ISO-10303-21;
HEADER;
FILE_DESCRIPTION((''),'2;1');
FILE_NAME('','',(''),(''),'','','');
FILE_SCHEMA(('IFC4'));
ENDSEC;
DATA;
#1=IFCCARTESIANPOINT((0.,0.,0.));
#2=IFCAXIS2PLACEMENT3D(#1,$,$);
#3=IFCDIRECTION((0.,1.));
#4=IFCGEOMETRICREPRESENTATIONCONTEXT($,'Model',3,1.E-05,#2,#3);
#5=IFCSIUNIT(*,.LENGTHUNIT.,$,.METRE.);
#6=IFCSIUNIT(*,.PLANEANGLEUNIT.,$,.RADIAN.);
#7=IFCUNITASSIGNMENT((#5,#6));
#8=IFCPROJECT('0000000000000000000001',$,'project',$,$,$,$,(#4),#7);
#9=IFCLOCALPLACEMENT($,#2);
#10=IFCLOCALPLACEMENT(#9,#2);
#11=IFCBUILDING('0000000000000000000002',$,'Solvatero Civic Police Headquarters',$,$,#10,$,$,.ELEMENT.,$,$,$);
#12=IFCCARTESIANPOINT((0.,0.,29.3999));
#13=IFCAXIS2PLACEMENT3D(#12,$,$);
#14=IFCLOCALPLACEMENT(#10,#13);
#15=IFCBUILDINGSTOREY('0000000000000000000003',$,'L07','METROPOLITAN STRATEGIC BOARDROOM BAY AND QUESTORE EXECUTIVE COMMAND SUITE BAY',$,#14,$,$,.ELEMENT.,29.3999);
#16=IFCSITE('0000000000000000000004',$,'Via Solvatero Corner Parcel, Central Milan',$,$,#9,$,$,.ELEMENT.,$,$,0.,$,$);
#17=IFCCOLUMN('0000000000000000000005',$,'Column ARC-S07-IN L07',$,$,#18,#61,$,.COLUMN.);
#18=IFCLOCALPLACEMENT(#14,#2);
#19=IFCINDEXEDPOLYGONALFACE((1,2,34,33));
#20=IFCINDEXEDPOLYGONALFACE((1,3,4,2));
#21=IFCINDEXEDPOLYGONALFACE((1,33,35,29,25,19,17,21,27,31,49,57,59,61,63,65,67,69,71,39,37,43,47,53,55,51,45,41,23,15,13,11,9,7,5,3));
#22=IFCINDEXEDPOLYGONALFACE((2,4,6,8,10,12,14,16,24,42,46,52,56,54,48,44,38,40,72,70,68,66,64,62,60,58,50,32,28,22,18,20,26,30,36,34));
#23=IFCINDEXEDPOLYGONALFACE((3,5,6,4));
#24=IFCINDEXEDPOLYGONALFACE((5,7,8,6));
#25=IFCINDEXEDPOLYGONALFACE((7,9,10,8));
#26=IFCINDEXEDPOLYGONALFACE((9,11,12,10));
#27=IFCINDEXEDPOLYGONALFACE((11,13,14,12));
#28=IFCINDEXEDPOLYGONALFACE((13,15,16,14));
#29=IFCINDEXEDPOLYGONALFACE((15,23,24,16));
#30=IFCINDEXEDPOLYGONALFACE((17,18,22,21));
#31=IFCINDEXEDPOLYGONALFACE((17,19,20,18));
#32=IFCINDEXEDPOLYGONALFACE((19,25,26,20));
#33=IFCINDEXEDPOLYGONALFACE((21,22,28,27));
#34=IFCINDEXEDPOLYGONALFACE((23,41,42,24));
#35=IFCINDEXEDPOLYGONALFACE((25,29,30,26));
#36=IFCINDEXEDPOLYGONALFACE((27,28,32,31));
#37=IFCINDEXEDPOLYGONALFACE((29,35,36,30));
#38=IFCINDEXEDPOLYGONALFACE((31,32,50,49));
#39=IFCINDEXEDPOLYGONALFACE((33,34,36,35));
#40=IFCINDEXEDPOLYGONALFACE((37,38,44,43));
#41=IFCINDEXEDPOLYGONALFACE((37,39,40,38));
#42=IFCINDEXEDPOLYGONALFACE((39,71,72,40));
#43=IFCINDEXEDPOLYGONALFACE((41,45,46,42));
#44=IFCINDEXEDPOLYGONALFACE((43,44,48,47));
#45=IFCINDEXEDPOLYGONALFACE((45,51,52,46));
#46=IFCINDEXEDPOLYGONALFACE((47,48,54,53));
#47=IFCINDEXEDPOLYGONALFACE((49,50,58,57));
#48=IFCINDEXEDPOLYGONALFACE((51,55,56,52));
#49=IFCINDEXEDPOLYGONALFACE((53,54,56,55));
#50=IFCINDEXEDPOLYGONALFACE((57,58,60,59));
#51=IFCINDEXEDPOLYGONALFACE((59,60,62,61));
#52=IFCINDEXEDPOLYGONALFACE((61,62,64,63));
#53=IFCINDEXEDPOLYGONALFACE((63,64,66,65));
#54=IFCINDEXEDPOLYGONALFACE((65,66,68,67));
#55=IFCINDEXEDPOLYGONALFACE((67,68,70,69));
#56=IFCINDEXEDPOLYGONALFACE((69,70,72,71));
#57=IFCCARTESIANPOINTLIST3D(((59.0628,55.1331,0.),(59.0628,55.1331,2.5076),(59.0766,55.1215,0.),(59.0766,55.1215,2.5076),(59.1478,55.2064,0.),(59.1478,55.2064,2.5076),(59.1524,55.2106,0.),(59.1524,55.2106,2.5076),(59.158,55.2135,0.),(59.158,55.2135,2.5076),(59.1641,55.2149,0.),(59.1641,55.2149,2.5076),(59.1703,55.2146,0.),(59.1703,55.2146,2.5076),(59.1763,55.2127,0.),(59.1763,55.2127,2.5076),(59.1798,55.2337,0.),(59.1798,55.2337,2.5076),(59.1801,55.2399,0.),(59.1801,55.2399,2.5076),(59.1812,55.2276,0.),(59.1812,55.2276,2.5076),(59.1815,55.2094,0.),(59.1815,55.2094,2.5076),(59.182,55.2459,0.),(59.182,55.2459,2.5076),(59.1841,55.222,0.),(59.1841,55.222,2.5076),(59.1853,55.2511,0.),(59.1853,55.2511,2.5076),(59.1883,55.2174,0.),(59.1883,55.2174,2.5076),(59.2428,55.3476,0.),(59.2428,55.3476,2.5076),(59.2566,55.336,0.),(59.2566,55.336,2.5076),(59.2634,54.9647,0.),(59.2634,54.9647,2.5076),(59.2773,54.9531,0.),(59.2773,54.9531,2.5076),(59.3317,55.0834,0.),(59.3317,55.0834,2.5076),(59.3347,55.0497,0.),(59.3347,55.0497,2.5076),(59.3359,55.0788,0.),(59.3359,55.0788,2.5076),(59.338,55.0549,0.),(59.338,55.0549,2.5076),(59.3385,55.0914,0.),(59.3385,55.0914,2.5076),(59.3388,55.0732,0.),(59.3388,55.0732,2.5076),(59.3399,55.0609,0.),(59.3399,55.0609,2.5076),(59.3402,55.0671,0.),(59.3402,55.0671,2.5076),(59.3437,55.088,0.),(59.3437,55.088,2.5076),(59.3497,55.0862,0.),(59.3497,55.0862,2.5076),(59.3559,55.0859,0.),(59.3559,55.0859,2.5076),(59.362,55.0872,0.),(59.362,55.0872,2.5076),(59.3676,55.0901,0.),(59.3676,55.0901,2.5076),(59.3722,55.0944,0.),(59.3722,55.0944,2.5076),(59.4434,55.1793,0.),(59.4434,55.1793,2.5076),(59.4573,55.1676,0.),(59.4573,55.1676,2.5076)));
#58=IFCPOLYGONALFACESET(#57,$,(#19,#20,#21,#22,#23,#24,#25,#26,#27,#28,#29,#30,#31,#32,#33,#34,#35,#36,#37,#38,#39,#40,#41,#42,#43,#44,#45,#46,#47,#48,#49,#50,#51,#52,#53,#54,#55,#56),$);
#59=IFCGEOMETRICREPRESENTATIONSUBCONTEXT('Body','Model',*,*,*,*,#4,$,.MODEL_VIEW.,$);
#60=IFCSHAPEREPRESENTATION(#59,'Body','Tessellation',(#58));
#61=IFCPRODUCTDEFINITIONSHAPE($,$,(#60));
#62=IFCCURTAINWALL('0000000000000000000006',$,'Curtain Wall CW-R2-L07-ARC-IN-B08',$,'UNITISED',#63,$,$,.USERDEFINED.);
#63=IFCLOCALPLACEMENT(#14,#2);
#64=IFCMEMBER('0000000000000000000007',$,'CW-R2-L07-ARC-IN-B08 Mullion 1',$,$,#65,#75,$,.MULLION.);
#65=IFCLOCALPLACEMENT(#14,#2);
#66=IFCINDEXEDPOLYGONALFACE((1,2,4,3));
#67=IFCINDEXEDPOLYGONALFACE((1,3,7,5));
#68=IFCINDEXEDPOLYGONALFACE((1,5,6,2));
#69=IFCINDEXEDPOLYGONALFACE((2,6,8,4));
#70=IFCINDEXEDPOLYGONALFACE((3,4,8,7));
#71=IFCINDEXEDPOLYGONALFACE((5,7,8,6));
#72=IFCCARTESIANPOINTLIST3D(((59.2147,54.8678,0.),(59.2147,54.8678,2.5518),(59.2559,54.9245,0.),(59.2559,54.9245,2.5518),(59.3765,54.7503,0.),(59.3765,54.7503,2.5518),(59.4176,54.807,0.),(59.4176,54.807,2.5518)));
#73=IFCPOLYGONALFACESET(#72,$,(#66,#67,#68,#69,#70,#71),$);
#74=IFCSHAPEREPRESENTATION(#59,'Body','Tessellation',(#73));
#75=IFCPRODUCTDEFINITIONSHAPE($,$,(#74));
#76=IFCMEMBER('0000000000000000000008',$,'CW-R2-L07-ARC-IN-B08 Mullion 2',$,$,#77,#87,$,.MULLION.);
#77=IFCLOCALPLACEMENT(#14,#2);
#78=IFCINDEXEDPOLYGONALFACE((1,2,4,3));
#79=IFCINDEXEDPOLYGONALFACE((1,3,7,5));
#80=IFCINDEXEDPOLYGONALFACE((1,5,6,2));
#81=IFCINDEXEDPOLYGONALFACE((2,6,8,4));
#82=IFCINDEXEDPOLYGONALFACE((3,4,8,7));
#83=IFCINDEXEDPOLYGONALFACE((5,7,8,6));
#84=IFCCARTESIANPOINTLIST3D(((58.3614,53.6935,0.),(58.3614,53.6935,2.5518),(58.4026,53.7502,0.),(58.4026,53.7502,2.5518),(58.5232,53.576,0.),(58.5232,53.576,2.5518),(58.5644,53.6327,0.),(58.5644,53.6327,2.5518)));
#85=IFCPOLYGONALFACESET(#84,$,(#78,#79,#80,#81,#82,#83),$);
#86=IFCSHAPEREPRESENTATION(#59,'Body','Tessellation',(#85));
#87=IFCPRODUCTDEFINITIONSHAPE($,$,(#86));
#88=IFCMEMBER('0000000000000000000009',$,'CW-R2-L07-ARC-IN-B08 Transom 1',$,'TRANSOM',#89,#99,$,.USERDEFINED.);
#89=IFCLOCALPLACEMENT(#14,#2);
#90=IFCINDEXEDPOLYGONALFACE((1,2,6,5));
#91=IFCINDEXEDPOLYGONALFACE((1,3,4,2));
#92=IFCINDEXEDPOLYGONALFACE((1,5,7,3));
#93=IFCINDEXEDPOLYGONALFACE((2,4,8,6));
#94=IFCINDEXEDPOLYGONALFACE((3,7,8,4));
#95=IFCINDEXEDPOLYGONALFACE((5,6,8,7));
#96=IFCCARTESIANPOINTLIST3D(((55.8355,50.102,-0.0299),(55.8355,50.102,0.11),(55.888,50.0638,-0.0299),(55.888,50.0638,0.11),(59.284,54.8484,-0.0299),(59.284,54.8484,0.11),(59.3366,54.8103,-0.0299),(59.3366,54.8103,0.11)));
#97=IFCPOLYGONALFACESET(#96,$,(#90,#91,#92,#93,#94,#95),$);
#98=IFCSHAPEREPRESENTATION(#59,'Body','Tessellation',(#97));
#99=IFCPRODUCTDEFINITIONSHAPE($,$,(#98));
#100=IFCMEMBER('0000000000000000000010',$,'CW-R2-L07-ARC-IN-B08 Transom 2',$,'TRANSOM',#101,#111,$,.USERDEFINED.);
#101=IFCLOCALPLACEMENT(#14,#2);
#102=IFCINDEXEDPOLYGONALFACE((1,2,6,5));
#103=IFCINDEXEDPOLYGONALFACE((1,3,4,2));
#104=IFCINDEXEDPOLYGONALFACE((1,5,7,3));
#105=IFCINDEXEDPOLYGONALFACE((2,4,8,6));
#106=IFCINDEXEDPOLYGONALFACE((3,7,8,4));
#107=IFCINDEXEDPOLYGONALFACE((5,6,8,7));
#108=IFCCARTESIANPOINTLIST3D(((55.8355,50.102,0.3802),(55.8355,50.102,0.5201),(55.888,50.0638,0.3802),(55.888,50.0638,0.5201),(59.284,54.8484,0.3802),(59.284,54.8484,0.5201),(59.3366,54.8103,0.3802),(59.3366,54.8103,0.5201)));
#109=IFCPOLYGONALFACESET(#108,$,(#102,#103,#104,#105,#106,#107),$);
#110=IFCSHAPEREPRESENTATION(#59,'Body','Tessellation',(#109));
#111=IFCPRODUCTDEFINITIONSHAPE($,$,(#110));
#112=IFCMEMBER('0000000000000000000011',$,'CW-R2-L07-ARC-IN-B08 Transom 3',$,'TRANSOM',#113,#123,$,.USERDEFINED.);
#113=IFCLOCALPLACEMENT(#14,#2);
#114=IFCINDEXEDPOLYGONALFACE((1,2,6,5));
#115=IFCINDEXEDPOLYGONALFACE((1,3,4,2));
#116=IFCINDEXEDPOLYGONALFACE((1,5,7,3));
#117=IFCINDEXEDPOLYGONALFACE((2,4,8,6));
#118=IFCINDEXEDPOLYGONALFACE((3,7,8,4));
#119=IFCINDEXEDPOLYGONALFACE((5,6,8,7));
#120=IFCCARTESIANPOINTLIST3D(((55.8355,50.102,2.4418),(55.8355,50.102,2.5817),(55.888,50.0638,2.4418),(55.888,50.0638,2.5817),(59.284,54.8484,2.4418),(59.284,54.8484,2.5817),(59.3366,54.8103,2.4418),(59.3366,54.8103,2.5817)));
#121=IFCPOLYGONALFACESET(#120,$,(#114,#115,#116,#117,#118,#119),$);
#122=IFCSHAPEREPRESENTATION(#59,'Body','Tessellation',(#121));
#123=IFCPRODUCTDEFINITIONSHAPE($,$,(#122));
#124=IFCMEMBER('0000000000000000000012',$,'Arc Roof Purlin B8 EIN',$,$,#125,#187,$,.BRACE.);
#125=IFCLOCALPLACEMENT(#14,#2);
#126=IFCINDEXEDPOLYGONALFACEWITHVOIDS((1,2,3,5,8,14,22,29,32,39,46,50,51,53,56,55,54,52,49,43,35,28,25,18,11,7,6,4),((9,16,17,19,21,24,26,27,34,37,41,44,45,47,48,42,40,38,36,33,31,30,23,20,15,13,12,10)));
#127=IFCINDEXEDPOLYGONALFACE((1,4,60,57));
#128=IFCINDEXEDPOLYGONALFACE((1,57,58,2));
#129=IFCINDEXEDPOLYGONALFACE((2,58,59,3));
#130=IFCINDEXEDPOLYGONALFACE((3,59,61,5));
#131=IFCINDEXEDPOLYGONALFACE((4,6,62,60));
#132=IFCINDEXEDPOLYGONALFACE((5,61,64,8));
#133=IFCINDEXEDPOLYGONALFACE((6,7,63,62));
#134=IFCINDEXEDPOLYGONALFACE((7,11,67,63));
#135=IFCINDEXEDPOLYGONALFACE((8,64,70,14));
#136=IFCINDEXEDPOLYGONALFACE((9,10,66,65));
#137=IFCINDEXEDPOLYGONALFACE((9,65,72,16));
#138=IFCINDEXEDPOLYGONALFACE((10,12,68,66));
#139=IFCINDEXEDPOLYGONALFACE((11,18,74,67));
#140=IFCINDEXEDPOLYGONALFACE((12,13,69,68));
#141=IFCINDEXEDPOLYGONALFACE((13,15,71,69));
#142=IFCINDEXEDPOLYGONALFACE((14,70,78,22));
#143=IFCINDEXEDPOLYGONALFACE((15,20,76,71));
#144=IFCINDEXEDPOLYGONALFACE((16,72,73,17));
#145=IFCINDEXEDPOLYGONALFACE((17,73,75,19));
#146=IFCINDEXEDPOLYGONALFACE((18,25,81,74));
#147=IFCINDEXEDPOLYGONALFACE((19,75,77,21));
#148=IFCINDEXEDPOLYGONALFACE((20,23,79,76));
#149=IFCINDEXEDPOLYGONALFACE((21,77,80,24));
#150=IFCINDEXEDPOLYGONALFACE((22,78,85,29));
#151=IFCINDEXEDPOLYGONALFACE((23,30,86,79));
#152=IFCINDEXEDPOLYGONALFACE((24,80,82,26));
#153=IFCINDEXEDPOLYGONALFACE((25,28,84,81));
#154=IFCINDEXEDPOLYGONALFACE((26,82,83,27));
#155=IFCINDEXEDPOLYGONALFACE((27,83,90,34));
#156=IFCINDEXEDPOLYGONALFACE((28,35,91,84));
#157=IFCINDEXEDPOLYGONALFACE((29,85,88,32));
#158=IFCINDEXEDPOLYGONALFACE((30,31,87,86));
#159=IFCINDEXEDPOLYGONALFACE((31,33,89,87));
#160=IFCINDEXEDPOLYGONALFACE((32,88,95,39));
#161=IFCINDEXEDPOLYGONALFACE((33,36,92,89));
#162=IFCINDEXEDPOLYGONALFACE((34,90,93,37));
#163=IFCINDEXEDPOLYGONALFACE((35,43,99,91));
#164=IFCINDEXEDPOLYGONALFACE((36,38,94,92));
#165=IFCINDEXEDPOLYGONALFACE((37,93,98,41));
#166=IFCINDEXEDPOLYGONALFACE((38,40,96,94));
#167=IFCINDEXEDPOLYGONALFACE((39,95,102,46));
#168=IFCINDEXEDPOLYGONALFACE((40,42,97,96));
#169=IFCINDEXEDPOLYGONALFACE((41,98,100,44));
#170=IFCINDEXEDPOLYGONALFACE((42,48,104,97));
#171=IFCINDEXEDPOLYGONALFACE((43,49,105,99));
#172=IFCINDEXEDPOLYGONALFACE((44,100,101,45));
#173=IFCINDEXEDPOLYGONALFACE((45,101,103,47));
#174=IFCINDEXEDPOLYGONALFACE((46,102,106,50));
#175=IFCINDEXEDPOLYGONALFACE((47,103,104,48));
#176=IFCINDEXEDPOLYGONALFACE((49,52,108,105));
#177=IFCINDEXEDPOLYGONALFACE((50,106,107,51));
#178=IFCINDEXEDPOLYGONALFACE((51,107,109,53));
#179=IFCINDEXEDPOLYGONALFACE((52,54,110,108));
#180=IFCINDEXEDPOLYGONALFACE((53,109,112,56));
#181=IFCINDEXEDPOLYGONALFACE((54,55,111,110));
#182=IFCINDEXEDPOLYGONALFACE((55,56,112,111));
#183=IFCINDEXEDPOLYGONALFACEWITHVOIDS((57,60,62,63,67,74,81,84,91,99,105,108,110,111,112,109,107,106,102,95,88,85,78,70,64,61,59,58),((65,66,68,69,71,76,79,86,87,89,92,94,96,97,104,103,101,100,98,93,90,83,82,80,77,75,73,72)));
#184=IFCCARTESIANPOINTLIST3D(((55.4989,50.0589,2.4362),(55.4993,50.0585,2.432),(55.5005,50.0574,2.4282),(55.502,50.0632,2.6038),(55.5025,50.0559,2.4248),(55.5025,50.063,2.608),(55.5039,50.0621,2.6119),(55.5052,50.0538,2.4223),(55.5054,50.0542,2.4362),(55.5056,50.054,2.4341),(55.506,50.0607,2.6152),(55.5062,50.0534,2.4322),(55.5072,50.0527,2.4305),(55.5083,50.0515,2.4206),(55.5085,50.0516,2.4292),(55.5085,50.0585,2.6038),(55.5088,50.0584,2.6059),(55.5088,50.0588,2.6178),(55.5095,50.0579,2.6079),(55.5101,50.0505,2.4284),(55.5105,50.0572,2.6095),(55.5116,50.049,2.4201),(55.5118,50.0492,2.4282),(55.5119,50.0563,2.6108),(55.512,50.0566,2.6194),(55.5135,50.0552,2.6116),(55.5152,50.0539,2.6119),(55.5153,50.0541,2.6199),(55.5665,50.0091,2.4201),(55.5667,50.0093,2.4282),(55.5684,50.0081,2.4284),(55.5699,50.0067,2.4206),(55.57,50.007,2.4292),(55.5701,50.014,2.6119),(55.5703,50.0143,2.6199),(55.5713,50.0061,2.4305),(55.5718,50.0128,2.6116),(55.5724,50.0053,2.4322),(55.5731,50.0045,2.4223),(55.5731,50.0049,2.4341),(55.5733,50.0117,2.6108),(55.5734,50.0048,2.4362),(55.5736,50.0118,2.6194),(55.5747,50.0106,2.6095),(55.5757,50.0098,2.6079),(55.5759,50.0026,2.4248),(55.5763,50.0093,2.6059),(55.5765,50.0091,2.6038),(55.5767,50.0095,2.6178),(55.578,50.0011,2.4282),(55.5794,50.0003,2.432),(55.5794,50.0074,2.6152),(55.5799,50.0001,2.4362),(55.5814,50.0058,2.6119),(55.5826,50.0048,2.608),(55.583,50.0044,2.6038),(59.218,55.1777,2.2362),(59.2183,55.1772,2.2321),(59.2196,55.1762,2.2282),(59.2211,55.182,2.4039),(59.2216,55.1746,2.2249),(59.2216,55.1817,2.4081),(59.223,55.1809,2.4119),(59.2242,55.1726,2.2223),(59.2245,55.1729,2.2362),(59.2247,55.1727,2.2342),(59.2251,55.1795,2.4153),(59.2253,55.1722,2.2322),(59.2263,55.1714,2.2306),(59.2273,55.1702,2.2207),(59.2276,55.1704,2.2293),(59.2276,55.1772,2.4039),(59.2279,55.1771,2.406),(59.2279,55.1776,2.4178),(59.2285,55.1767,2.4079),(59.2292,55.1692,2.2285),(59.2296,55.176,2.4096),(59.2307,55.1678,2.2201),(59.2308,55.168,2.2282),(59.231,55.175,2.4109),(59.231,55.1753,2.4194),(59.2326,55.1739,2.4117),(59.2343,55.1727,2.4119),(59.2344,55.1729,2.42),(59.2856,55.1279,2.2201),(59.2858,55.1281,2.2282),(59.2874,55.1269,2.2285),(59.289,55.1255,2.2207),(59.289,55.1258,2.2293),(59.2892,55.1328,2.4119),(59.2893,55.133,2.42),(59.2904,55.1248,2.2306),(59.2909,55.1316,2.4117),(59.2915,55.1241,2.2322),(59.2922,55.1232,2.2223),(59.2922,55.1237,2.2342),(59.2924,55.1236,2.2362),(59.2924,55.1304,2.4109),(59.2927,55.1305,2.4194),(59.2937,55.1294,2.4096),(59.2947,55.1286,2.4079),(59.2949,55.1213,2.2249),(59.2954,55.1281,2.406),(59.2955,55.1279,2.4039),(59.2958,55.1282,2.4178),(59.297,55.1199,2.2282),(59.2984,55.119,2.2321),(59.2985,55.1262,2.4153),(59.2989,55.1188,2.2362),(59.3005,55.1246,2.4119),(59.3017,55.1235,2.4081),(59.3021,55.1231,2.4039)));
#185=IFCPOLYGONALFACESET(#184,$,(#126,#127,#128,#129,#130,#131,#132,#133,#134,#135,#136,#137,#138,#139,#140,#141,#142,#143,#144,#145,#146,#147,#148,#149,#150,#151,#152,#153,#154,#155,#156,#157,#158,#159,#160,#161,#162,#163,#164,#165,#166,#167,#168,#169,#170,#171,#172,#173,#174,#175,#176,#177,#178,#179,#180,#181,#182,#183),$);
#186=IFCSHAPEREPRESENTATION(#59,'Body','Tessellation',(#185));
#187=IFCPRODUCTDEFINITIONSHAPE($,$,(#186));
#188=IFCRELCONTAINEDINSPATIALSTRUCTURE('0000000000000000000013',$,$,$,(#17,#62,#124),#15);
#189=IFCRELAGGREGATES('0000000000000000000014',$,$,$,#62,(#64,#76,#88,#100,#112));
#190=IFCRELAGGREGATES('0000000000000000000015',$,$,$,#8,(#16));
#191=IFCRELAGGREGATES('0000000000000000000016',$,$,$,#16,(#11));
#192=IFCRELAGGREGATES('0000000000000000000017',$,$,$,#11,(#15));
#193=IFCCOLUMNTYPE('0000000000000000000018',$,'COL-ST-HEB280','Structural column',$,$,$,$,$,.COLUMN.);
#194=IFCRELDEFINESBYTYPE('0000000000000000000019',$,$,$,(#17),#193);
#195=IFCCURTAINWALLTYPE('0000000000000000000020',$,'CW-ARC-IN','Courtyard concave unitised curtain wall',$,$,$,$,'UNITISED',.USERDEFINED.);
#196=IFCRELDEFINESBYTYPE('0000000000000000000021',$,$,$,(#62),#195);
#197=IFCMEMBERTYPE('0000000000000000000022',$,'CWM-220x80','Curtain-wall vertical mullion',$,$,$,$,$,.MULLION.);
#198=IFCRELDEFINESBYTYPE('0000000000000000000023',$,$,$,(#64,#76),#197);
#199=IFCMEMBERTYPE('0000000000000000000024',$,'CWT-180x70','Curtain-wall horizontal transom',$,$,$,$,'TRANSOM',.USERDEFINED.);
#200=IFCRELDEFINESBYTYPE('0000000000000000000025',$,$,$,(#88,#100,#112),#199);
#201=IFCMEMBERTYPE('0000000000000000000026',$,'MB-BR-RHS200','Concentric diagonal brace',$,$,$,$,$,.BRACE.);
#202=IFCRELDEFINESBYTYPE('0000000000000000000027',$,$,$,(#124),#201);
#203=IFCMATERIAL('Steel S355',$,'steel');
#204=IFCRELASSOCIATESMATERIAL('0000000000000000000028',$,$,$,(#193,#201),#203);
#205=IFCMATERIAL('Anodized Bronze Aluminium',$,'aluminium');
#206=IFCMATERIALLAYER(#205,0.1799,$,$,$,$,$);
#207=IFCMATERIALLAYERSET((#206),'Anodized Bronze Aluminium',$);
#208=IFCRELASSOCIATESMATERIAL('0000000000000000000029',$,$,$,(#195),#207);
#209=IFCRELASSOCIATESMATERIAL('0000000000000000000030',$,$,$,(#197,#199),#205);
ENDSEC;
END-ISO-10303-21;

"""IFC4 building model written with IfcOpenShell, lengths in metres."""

from ifc_helpers import new_model, si_unit, direction, frame, origin, origin_2d, place, context, subcontext, project, spatial, rectangle, hollow_rectangle, i_section, extrude, material, layer, layer_set, material_profile, profile_set, type_object, element, aggregate, save


model = new_model("IFC4")

# Units and contexts
model_context = context("Model", 3, precision=1e-05, world=origin(), true_north=direction((0.0, 1.0)))
body_context = subcontext(model_context, "Body", "Model", "MODEL_VIEW")
ifc_project = project(units=[si_unit("LENGTHUNIT", "METRE"), si_unit("PLANEANGLEUNIT", "RADIAN")], contexts=[model_context])

# Site, building, storey
site_placement = place(None, origin())
site = spatial("IfcSite", under=ifc_project, at=site_placement, Name="Via Solvatero Corner Parcel, Central Milan", CompositionType="ELEMENT", RefElevation=0.0)
building_placement = place(site_placement, origin())
building = spatial("IfcBuilding", under=site, at=building_placement, Name="Solvatero Civic Police Headquarters", CompositionType="ELEMENT")
storey_placement = place(building_placement, frame((0.0, 0.0, 29.3999)))
storey = spatial("IfcBuildingStorey", under=building, at=storey_placement, Name="L07", Description="METROPOLITAN STRATEGIC BOARDROOM BAY AND QUESTORE EXECUTIVE COMMAND SUITE BAY", CompositionType="ELEMENT", Elevation=29.3999)

# Column
ifc_material_1 = material(Name="Steel S355", Category="steel")
ifc_material_profile_1 = material_profile(ifc_material_1, i_section(OverallWidth=0.28, OverallDepth=0.28, WebThickness=0.0105, FlangeThickness=0.0181, FilletRadius=0.0239, at=origin_2d()), Name="HEB 280")
ifc_profile_set_1 = profile_set([ifc_material_profile_1], Name="Steel S355")
column_type = type_object("IfcColumnType", Name="COL-ST-HEB280", Description="Structural column", PredefinedType="COLUMN", material=ifc_profile_set_1)
column_placement = place(storey_placement, frame((59.26, 55.1504, 0.0), z_axis=(0.0, 0.0, 1.0), x_axis=(0.642788, 0.766044, 0.0)))
element("IfcColumn", 1, at=column_placement, inside=storey, type_object=column_type, Name="Column ARC-S07-IN L07", PredefinedType="COLUMN", context=body_context, shape_type="SweptSolid", body=[
    extrude(i_section(OverallWidth=0.28, OverallDepth=0.28, WebThickness=0.0105, FlangeThickness=0.0181, FilletRadius=0.0239, at=origin_2d()), origin(), (0.0, 0.0, 1.0), 2.5076),
])

# Curtain wall, members
ifc_material_2 = material(Name="Anodized Bronze Aluminium", Category="aluminium")
ifc_layer_1 = layer(ifc_material_2, 0.1799)
ifc_layer_set_1 = layer_set([ifc_layer_1], Name="Anodized Bronze Aluminium")
curtain_wall_type = type_object("IfcCurtainWallType", Name="CW-ARC-IN", Description="Courtyard concave unitised curtain wall", ElementType="UNITISED", PredefinedType="USERDEFINED", material=ifc_layer_set_1)
curtain_wall_placement = place(storey_placement, origin())
curtain_wall = element("IfcCurtainWall", 2, at=curtain_wall_placement, inside=storey, type_object=curtain_wall_type, Name="Curtain Wall CW-R2-L07-ARC-IN-B08", ObjectType="UNITISED", PredefinedType="USERDEFINED")
ifc_material_profile_2 = material_profile(ifc_material_2, rectangle(XDim=0.0701, YDim=0.2, at=origin_2d()), Name="ALU MULLION 70x200")
ifc_profile_set_2 = profile_set([ifc_material_profile_2], Name="Anodized Bronze Aluminium")
member_type_1 = type_object("IfcMemberType", Name="CWM-220x80", Description="Curtain-wall vertical mullion", PredefinedType="MULLION", material=ifc_profile_set_2)
member_1_placement = place(storey_placement, frame((59.3162, 54.8374, 0.0), z_axis=(0.0, 0.0, 1.0), x_axis=(-0.587785, -0.809017, 0.0)))
member_1 = element("IfcMember", 3, at=member_1_placement, type_object=member_type_1, Name="CW-R2-L07-ARC-IN-B08 Mullion 1", PredefinedType="MULLION", context=body_context, shape_type="SweptSolid", body=[
    extrude(rectangle(XDim=0.0701, YDim=0.2, at=origin_2d()), origin(), (0.0, 0.0, 1.0), 2.5518),
])
member_2_placement = place(storey_placement, frame((58.4629, 53.6631, 0.0), z_axis=(0.0, 0.0, 1.0), x_axis=(-0.587785, -0.809017, 0.0)))
member_2 = element("IfcMember", 4, at=member_2_placement, type_object=member_type_1, Name="CW-R2-L07-ARC-IN-B08 Mullion 2", PredefinedType="MULLION", context=body_context, shape_type="SweptSolid", body=[
    extrude(rectangle(XDim=0.0701, YDim=0.2, at=origin_2d()), origin(), (0.0, 0.0, 1.0), 2.5518),
])
ifc_material_profile_3 = material_profile(ifc_material_2, rectangle(XDim=0.0649, YDim=0.1399, at=origin_2d()), Name="ALU TRANSOM 65x140")
ifc_profile_set_3 = profile_set([ifc_material_profile_3], Name="Anodized Bronze Aluminium")
member_type_2 = type_object("IfcMemberType", Name="CWT-180x70", Description="Curtain-wall horizontal transom", ElementType="TRANSOM", PredefinedType="USERDEFINED", material=ifc_profile_set_3)
member_3_placement = place(storey_placement, frame((59.3103, 54.8293, 0.04), z_axis=(-0.587793, -0.809011, 0.0), x_axis=(0.809011, -0.587793, 0.0)))
member_3 = element("IfcMember", 5, at=member_3_placement, type_object=member_type_2, Name="CW-R2-L07-ARC-IN-B08 Transom 1", ObjectType="TRANSOM", PredefinedType="USERDEFINED", context=body_context, shape_type="SweptSolid", body=[
    extrude(rectangle(XDim=0.0649, YDim=0.1399, at=origin_2d()), origin(), (0.0, 0.0, 1.0), 5.8669),
])
member_4_placement = place(storey_placement, frame((59.3103, 54.8293, 0.4502), z_axis=(-0.587793, -0.809011, 0.0), x_axis=(0.809011, -0.587793, 0.0)))
member_4 = element("IfcMember", 6, at=member_4_placement, type_object=member_type_2, Name="CW-R2-L07-ARC-IN-B08 Transom 2", ObjectType="TRANSOM", PredefinedType="USERDEFINED", context=body_context, shape_type="SweptSolid", body=[
    extrude(rectangle(XDim=0.0649, YDim=0.1399, at=origin_2d()), origin(), (0.0, 0.0, 1.0), 5.8669),
])
member_5_placement = place(storey_placement, frame((59.3103, 54.8293, 2.5117), z_axis=(-0.587793, -0.809011, 0.0), x_axis=(0.809011, -0.587793, 0.0)))
member_5 = element("IfcMember", 7, at=member_5_placement, type_object=member_type_2, Name="CW-R2-L07-ARC-IN-B08 Transom 3", ObjectType="TRANSOM", PredefinedType="USERDEFINED", context=body_context, shape_type="SweptSolid", body=[
    extrude(rectangle(XDim=0.0649, YDim=0.1399, at=origin_2d()), origin(), (0.0, 0.0, 1.0), 5.8669),
])

# Member
ifc_material_profile_4 = material_profile(ifc_material_1, hollow_rectangle(XDim=0.1001, YDim=0.2, WallThickness=0.0081, InnerFilletRadius=0.0081, OuterFilletRadius=0.0161, at=origin_2d()), Name="RHS 200x100x8.0")
ifc_profile_set_4 = profile_set([ifc_material_profile_4], Name="Steel S355")
member_type_3 = type_object("IfcMemberType", Name="MB-BR-RHS200", Description="Concentric diagonal brace", PredefinedType="BRACE", material=ifc_profile_set_4)
member_6_placement = place(storey_placement, frame((59.26, 55.1504, 2.3201), z_axis=(-0.5875, -0.808608, 0.031587), x_axis=(0.809011, -0.587793, 0.0)))
element("IfcMember", 8, at=member_6_placement, inside=storey, type_object=member_type_3, Name="Arc Roof Purlin B8 EIN", PredefinedType="BRACE", context=body_context, shape_type="SweptSolid", body=[
    extrude(hollow_rectangle(XDim=0.1001, YDim=0.2, WallThickness=0.0081, InnerFilletRadius=0.0081, OuterFilletRadius=0.0161, at=origin_2d()), origin(), (0.0, 0.0, 1.0), 6.3303),
])

aggregate(curtain_wall, [member_1, member_2, member_3, member_4, member_5])

save(model, "model.ifc")
